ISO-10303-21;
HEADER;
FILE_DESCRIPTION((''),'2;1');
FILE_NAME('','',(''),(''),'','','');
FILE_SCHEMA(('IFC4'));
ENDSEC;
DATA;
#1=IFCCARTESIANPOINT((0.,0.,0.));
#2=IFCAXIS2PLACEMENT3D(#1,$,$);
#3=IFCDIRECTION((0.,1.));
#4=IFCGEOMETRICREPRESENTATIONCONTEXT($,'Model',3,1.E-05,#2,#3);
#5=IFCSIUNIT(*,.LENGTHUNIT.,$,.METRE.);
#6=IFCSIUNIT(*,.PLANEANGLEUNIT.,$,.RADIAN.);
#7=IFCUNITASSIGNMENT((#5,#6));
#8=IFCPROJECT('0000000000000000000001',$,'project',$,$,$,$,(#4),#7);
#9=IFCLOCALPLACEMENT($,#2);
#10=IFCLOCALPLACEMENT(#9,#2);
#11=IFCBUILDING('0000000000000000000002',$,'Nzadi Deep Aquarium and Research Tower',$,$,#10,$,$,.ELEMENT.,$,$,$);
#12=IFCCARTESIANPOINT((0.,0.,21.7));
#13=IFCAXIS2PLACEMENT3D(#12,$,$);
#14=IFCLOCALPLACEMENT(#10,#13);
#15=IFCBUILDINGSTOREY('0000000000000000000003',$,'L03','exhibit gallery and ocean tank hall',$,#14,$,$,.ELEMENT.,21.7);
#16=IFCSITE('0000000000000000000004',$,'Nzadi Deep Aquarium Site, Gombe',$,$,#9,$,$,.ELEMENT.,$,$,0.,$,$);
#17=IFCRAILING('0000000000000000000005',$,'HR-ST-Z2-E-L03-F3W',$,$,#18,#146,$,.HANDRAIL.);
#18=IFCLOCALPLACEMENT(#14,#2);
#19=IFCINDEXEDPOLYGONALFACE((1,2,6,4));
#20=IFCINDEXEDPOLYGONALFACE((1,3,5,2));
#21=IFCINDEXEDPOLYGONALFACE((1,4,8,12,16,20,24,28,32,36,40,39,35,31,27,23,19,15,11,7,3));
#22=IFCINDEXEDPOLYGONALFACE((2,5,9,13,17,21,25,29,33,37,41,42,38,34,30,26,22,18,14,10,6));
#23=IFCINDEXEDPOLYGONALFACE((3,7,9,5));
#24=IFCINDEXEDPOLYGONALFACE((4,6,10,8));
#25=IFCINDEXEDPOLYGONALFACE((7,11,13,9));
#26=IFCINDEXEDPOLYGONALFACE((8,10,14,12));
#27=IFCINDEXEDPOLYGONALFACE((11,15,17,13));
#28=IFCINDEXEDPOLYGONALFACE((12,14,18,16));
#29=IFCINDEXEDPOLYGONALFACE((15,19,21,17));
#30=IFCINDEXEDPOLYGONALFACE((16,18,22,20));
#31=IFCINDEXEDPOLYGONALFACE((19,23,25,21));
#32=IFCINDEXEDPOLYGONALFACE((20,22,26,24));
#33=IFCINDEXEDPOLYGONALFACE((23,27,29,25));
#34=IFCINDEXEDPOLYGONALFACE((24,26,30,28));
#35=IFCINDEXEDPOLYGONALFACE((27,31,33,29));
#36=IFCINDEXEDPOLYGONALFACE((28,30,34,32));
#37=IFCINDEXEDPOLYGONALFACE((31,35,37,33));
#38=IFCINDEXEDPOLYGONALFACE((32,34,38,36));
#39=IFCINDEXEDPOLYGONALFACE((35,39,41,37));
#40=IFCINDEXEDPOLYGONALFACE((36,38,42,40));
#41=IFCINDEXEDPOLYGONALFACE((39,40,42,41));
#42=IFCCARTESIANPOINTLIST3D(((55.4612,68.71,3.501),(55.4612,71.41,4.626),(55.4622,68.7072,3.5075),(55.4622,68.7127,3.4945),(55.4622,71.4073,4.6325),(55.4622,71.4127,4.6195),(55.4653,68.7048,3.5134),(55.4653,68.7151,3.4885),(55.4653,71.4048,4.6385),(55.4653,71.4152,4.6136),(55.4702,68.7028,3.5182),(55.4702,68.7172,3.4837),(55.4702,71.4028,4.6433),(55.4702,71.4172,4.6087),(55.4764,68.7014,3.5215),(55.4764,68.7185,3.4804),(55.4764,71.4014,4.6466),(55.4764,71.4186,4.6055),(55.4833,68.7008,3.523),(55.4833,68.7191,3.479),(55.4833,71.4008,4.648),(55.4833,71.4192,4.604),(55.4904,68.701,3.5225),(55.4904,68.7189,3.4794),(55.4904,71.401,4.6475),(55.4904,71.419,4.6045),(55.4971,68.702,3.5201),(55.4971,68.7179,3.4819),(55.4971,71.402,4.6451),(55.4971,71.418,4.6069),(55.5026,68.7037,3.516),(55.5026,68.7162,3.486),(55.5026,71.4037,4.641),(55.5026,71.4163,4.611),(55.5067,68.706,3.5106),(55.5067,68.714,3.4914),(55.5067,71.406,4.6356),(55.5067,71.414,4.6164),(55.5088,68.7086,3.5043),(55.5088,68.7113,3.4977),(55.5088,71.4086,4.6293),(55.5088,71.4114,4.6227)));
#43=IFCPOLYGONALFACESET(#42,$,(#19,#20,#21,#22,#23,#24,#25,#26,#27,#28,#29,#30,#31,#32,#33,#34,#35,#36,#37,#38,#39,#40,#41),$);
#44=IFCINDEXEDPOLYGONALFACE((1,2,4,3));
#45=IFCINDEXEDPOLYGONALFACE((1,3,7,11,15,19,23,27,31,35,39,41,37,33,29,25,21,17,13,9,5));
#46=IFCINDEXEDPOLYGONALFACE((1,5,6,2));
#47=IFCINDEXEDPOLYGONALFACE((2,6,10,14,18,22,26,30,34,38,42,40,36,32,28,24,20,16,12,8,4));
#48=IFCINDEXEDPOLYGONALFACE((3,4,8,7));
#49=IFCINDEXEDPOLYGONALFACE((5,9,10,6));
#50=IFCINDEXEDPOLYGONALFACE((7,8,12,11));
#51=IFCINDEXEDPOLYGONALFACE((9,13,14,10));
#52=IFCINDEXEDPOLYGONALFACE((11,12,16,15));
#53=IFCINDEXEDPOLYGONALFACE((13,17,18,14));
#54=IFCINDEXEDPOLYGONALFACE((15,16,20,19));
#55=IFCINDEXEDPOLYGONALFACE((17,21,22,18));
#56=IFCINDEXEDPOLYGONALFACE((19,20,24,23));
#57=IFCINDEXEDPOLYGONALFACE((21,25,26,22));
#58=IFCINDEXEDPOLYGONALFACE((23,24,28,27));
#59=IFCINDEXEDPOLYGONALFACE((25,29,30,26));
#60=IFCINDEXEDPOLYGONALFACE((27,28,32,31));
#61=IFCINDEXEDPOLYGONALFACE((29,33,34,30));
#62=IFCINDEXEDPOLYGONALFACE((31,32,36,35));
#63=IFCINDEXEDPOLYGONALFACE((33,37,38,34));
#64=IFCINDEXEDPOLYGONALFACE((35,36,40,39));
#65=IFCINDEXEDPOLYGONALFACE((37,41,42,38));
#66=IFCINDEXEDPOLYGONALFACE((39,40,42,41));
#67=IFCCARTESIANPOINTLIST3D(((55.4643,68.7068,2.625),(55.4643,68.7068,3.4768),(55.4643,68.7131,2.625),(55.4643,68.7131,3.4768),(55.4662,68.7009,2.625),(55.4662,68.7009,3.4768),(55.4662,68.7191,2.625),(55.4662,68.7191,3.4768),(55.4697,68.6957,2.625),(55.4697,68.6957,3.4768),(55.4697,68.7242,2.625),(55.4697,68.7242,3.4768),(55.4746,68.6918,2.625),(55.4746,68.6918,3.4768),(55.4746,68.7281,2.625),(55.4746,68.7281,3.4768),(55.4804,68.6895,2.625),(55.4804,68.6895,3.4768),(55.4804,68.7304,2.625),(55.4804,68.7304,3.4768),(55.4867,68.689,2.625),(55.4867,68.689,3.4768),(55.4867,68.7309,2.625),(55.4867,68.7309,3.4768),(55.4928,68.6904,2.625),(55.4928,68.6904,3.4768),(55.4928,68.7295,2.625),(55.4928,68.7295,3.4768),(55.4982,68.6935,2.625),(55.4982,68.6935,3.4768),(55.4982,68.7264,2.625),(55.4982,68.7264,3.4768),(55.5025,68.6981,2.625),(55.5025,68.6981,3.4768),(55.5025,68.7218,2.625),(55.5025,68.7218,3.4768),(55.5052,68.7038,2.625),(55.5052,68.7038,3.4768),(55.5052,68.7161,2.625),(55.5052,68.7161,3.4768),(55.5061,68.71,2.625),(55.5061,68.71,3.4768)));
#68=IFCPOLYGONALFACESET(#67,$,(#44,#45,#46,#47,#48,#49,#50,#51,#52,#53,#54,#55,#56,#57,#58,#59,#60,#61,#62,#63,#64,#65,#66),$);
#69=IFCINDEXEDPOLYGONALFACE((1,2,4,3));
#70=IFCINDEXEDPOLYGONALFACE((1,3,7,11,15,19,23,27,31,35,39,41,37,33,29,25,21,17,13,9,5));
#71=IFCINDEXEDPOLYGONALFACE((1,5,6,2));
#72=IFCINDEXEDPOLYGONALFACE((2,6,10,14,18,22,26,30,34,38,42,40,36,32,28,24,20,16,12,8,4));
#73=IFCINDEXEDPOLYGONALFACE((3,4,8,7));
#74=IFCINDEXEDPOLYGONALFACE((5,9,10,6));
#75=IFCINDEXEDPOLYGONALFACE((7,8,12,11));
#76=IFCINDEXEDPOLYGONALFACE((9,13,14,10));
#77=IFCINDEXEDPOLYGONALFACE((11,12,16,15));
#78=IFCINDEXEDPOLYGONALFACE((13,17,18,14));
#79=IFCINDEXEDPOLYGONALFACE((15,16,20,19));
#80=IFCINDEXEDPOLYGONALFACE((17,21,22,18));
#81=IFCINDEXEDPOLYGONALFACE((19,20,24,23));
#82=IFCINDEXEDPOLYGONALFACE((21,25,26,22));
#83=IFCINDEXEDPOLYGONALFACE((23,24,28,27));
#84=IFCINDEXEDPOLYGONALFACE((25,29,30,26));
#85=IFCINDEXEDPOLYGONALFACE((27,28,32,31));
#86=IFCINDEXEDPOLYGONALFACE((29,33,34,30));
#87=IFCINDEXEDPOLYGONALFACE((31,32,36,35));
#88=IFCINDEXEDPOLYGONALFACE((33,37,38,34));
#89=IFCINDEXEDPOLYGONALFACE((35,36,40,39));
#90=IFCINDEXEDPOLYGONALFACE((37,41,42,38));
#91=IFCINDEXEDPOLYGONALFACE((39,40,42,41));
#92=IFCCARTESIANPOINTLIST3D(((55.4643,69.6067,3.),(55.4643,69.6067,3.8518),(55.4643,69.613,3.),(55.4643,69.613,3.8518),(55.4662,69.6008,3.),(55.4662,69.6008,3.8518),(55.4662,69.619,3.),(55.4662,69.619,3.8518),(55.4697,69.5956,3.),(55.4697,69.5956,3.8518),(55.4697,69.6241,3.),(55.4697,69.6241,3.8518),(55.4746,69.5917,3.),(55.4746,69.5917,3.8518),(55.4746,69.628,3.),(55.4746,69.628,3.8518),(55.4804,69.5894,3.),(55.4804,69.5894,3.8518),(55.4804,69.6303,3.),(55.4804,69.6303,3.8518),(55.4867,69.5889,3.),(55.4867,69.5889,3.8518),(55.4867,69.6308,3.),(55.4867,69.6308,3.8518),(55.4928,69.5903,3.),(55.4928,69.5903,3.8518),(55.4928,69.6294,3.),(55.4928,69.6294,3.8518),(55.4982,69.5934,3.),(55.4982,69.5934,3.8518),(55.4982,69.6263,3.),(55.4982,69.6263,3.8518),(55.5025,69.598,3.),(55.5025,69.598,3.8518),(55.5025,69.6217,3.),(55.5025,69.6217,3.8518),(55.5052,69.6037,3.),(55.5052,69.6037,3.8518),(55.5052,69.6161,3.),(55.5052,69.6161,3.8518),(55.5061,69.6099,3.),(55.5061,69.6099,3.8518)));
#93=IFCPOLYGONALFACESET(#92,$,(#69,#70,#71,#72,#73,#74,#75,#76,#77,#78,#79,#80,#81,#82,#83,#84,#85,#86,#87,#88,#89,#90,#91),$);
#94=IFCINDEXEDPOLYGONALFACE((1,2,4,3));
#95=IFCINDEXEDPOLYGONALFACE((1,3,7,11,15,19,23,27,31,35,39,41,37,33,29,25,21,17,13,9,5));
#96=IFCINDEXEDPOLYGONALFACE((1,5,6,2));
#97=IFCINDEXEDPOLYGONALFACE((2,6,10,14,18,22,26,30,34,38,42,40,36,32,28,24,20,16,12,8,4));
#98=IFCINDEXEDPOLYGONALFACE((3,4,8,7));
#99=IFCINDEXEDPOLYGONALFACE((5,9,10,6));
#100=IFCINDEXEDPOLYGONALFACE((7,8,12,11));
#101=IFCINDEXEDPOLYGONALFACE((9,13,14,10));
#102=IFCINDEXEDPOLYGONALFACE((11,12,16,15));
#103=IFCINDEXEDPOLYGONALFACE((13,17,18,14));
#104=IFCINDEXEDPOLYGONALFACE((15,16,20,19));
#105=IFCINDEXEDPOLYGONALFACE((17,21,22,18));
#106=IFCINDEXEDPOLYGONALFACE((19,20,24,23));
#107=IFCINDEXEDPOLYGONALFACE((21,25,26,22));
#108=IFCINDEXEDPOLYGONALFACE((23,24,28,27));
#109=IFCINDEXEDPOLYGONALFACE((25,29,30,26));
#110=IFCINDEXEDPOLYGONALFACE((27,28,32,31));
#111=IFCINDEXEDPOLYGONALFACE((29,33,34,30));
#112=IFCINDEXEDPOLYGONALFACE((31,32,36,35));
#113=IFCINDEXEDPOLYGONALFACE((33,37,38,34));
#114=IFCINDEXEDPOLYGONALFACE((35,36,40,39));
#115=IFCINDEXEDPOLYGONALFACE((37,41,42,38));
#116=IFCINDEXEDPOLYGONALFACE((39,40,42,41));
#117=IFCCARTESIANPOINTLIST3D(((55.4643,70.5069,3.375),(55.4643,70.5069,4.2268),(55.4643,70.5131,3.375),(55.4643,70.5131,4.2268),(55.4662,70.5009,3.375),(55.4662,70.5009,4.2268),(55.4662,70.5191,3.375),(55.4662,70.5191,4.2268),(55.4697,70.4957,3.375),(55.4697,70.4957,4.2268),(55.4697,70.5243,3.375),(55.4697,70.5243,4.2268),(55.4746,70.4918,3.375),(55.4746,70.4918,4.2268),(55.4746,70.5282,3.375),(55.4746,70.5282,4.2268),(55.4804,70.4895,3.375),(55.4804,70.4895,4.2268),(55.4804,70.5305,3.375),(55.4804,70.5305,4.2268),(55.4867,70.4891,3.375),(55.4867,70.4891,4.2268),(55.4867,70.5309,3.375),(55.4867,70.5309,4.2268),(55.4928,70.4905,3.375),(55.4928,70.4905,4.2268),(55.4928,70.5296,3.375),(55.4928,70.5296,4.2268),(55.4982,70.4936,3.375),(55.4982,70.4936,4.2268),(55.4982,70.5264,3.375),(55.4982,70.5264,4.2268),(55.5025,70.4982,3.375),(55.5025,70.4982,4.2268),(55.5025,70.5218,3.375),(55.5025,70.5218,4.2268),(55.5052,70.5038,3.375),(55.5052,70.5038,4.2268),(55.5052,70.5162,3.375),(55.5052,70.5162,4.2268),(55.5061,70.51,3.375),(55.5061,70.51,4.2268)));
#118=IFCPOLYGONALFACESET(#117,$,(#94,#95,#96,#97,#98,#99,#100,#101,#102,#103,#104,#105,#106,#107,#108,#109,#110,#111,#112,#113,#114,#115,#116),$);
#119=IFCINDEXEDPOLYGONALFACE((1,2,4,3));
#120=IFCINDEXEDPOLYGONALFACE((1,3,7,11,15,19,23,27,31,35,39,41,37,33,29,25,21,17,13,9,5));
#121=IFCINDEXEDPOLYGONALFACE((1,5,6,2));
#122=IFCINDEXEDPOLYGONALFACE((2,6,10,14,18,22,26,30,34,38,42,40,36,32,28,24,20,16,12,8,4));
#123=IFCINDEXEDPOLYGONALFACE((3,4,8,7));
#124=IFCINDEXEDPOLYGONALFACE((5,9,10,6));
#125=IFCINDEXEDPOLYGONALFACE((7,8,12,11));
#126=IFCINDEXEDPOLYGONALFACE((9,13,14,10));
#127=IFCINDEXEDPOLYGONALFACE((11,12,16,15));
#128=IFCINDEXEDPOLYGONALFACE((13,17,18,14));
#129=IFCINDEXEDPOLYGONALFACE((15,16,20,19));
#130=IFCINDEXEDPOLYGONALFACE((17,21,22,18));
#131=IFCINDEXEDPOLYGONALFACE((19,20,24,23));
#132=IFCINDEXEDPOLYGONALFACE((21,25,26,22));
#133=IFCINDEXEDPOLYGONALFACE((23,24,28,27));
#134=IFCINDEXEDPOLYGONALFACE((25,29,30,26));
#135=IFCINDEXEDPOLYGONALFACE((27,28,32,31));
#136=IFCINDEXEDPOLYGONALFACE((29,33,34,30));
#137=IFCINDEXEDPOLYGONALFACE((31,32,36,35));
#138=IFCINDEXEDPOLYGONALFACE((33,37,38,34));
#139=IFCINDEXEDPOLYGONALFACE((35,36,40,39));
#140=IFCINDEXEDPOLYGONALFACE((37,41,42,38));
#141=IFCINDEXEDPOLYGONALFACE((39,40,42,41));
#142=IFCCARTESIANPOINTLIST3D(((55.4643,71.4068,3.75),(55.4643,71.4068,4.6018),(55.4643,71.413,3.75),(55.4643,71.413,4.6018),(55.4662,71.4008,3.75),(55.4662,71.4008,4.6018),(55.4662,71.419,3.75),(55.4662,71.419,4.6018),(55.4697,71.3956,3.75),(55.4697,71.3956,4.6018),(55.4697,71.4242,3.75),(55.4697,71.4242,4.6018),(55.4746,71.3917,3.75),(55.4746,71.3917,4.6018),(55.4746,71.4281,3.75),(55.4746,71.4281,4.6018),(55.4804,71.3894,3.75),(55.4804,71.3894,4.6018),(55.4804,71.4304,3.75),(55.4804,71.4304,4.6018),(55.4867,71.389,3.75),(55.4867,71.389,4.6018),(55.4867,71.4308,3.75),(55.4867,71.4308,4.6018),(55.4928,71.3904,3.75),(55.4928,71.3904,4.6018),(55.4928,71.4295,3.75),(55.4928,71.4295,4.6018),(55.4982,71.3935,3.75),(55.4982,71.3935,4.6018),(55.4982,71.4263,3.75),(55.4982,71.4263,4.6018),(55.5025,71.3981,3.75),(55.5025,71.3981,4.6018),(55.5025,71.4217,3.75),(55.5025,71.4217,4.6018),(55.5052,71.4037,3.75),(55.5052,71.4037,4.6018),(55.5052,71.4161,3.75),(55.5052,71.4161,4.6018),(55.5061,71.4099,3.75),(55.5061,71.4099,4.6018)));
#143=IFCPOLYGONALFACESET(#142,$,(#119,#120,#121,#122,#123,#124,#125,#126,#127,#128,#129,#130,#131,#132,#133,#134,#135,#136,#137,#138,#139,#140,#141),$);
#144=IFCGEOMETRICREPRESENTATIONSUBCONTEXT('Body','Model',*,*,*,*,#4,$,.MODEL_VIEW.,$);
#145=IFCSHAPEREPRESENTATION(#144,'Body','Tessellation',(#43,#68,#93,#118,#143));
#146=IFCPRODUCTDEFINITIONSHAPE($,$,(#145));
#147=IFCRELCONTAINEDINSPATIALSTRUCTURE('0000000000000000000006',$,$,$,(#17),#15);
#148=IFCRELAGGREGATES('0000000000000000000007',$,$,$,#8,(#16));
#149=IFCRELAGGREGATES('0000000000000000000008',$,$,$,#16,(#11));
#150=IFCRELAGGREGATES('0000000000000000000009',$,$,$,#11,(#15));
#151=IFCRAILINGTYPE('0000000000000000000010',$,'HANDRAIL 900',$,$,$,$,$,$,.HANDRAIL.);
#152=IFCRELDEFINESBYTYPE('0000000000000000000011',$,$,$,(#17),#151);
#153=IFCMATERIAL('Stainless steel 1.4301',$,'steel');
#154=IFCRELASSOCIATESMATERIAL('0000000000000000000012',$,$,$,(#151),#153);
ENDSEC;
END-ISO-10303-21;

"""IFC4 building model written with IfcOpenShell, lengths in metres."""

from ifc_helpers import new_model, si_unit, direction, frame, origin, origin_2d, place, context, subcontext, project, spatial, circle, extrude, material, type_object, element, save


model = new_model("IFC4")

# Units and contexts
model_context = context("Model", 3, precision=1e-05, world=origin(), true_north=direction((0.0, 1.0)))
body_context = subcontext(model_context, "Body", "Model", "MODEL_VIEW")
ifc_project = project(units=[si_unit("LENGTHUNIT", "METRE"), si_unit("PLANEANGLEUNIT", "RADIAN")], contexts=[model_context])

# Site, building, storey
site_placement = place(None, origin())
site = spatial("IfcSite", under=ifc_project, at=site_placement, Name="Nzadi Deep Aquarium Site, Gombe", CompositionType="ELEMENT", RefElevation=0.0)
building_placement = place(site_placement, origin())
building = spatial("IfcBuilding", under=site, at=building_placement, Name="Nzadi Deep Aquarium and Research Tower", CompositionType="ELEMENT")
storey_placement = place(building_placement, frame((0.0, 0.0, 21.7)))
storey = spatial("IfcBuildingStorey", under=building, at=storey_placement, Name="L03", Description="exhibit gallery and ocean tank hall", CompositionType="ELEMENT", Elevation=21.7)

# Railing
ifc_material_1 = material(Name="Stainless steel 1.4301", Category="steel")
railing_type = type_object("IfcRailingType", Name="HANDRAIL 900", PredefinedType="HANDRAIL", material=ifc_material_1)
for number, where, name in (
    (1, (55.4851, 68.71, 2.625), "HR-ST-Z2-E-L03-F3W"),
):
    element("IfcRailing", number, at=place(storey_placement, frame(where)), inside=storey, type_object=railing_type, Name=name, PredefinedType="HANDRAIL", context=body_context, shape_type="SweptSolid", body=[
        extrude(circle(Radius=0.0239, at=origin_2d()), frame((0.0, 0.0, 0.876), z_axis=(0.0, 0.923074, 0.384621), x_axis=(-1.0, 0.0, 0.0)), (0.0, 0.0, 1.0), 2.925),
        extrude(circle(Radius=0.021, at=origin_2d()), origin(), (0.0, 0.0, 1.0), 0.8518),
        extrude(circle(Radius=0.021, at=origin_2d()), frame((0.0, 0.8999, 0.375)), (0.0, 0.0, 1.0), 0.8518),
        extrude(circle(Radius=0.021, at=origin_2d()), frame((0.0, 1.8, 0.75)), (0.0, 0.0, 1.0), 0.8518),
        extrude(circle(Radius=0.021, at=origin_2d()), frame((0.0, 2.7, 1.125)), (0.0, 0.0, 1.0), 0.8518),
    ])

save(model, "model.ifc")
